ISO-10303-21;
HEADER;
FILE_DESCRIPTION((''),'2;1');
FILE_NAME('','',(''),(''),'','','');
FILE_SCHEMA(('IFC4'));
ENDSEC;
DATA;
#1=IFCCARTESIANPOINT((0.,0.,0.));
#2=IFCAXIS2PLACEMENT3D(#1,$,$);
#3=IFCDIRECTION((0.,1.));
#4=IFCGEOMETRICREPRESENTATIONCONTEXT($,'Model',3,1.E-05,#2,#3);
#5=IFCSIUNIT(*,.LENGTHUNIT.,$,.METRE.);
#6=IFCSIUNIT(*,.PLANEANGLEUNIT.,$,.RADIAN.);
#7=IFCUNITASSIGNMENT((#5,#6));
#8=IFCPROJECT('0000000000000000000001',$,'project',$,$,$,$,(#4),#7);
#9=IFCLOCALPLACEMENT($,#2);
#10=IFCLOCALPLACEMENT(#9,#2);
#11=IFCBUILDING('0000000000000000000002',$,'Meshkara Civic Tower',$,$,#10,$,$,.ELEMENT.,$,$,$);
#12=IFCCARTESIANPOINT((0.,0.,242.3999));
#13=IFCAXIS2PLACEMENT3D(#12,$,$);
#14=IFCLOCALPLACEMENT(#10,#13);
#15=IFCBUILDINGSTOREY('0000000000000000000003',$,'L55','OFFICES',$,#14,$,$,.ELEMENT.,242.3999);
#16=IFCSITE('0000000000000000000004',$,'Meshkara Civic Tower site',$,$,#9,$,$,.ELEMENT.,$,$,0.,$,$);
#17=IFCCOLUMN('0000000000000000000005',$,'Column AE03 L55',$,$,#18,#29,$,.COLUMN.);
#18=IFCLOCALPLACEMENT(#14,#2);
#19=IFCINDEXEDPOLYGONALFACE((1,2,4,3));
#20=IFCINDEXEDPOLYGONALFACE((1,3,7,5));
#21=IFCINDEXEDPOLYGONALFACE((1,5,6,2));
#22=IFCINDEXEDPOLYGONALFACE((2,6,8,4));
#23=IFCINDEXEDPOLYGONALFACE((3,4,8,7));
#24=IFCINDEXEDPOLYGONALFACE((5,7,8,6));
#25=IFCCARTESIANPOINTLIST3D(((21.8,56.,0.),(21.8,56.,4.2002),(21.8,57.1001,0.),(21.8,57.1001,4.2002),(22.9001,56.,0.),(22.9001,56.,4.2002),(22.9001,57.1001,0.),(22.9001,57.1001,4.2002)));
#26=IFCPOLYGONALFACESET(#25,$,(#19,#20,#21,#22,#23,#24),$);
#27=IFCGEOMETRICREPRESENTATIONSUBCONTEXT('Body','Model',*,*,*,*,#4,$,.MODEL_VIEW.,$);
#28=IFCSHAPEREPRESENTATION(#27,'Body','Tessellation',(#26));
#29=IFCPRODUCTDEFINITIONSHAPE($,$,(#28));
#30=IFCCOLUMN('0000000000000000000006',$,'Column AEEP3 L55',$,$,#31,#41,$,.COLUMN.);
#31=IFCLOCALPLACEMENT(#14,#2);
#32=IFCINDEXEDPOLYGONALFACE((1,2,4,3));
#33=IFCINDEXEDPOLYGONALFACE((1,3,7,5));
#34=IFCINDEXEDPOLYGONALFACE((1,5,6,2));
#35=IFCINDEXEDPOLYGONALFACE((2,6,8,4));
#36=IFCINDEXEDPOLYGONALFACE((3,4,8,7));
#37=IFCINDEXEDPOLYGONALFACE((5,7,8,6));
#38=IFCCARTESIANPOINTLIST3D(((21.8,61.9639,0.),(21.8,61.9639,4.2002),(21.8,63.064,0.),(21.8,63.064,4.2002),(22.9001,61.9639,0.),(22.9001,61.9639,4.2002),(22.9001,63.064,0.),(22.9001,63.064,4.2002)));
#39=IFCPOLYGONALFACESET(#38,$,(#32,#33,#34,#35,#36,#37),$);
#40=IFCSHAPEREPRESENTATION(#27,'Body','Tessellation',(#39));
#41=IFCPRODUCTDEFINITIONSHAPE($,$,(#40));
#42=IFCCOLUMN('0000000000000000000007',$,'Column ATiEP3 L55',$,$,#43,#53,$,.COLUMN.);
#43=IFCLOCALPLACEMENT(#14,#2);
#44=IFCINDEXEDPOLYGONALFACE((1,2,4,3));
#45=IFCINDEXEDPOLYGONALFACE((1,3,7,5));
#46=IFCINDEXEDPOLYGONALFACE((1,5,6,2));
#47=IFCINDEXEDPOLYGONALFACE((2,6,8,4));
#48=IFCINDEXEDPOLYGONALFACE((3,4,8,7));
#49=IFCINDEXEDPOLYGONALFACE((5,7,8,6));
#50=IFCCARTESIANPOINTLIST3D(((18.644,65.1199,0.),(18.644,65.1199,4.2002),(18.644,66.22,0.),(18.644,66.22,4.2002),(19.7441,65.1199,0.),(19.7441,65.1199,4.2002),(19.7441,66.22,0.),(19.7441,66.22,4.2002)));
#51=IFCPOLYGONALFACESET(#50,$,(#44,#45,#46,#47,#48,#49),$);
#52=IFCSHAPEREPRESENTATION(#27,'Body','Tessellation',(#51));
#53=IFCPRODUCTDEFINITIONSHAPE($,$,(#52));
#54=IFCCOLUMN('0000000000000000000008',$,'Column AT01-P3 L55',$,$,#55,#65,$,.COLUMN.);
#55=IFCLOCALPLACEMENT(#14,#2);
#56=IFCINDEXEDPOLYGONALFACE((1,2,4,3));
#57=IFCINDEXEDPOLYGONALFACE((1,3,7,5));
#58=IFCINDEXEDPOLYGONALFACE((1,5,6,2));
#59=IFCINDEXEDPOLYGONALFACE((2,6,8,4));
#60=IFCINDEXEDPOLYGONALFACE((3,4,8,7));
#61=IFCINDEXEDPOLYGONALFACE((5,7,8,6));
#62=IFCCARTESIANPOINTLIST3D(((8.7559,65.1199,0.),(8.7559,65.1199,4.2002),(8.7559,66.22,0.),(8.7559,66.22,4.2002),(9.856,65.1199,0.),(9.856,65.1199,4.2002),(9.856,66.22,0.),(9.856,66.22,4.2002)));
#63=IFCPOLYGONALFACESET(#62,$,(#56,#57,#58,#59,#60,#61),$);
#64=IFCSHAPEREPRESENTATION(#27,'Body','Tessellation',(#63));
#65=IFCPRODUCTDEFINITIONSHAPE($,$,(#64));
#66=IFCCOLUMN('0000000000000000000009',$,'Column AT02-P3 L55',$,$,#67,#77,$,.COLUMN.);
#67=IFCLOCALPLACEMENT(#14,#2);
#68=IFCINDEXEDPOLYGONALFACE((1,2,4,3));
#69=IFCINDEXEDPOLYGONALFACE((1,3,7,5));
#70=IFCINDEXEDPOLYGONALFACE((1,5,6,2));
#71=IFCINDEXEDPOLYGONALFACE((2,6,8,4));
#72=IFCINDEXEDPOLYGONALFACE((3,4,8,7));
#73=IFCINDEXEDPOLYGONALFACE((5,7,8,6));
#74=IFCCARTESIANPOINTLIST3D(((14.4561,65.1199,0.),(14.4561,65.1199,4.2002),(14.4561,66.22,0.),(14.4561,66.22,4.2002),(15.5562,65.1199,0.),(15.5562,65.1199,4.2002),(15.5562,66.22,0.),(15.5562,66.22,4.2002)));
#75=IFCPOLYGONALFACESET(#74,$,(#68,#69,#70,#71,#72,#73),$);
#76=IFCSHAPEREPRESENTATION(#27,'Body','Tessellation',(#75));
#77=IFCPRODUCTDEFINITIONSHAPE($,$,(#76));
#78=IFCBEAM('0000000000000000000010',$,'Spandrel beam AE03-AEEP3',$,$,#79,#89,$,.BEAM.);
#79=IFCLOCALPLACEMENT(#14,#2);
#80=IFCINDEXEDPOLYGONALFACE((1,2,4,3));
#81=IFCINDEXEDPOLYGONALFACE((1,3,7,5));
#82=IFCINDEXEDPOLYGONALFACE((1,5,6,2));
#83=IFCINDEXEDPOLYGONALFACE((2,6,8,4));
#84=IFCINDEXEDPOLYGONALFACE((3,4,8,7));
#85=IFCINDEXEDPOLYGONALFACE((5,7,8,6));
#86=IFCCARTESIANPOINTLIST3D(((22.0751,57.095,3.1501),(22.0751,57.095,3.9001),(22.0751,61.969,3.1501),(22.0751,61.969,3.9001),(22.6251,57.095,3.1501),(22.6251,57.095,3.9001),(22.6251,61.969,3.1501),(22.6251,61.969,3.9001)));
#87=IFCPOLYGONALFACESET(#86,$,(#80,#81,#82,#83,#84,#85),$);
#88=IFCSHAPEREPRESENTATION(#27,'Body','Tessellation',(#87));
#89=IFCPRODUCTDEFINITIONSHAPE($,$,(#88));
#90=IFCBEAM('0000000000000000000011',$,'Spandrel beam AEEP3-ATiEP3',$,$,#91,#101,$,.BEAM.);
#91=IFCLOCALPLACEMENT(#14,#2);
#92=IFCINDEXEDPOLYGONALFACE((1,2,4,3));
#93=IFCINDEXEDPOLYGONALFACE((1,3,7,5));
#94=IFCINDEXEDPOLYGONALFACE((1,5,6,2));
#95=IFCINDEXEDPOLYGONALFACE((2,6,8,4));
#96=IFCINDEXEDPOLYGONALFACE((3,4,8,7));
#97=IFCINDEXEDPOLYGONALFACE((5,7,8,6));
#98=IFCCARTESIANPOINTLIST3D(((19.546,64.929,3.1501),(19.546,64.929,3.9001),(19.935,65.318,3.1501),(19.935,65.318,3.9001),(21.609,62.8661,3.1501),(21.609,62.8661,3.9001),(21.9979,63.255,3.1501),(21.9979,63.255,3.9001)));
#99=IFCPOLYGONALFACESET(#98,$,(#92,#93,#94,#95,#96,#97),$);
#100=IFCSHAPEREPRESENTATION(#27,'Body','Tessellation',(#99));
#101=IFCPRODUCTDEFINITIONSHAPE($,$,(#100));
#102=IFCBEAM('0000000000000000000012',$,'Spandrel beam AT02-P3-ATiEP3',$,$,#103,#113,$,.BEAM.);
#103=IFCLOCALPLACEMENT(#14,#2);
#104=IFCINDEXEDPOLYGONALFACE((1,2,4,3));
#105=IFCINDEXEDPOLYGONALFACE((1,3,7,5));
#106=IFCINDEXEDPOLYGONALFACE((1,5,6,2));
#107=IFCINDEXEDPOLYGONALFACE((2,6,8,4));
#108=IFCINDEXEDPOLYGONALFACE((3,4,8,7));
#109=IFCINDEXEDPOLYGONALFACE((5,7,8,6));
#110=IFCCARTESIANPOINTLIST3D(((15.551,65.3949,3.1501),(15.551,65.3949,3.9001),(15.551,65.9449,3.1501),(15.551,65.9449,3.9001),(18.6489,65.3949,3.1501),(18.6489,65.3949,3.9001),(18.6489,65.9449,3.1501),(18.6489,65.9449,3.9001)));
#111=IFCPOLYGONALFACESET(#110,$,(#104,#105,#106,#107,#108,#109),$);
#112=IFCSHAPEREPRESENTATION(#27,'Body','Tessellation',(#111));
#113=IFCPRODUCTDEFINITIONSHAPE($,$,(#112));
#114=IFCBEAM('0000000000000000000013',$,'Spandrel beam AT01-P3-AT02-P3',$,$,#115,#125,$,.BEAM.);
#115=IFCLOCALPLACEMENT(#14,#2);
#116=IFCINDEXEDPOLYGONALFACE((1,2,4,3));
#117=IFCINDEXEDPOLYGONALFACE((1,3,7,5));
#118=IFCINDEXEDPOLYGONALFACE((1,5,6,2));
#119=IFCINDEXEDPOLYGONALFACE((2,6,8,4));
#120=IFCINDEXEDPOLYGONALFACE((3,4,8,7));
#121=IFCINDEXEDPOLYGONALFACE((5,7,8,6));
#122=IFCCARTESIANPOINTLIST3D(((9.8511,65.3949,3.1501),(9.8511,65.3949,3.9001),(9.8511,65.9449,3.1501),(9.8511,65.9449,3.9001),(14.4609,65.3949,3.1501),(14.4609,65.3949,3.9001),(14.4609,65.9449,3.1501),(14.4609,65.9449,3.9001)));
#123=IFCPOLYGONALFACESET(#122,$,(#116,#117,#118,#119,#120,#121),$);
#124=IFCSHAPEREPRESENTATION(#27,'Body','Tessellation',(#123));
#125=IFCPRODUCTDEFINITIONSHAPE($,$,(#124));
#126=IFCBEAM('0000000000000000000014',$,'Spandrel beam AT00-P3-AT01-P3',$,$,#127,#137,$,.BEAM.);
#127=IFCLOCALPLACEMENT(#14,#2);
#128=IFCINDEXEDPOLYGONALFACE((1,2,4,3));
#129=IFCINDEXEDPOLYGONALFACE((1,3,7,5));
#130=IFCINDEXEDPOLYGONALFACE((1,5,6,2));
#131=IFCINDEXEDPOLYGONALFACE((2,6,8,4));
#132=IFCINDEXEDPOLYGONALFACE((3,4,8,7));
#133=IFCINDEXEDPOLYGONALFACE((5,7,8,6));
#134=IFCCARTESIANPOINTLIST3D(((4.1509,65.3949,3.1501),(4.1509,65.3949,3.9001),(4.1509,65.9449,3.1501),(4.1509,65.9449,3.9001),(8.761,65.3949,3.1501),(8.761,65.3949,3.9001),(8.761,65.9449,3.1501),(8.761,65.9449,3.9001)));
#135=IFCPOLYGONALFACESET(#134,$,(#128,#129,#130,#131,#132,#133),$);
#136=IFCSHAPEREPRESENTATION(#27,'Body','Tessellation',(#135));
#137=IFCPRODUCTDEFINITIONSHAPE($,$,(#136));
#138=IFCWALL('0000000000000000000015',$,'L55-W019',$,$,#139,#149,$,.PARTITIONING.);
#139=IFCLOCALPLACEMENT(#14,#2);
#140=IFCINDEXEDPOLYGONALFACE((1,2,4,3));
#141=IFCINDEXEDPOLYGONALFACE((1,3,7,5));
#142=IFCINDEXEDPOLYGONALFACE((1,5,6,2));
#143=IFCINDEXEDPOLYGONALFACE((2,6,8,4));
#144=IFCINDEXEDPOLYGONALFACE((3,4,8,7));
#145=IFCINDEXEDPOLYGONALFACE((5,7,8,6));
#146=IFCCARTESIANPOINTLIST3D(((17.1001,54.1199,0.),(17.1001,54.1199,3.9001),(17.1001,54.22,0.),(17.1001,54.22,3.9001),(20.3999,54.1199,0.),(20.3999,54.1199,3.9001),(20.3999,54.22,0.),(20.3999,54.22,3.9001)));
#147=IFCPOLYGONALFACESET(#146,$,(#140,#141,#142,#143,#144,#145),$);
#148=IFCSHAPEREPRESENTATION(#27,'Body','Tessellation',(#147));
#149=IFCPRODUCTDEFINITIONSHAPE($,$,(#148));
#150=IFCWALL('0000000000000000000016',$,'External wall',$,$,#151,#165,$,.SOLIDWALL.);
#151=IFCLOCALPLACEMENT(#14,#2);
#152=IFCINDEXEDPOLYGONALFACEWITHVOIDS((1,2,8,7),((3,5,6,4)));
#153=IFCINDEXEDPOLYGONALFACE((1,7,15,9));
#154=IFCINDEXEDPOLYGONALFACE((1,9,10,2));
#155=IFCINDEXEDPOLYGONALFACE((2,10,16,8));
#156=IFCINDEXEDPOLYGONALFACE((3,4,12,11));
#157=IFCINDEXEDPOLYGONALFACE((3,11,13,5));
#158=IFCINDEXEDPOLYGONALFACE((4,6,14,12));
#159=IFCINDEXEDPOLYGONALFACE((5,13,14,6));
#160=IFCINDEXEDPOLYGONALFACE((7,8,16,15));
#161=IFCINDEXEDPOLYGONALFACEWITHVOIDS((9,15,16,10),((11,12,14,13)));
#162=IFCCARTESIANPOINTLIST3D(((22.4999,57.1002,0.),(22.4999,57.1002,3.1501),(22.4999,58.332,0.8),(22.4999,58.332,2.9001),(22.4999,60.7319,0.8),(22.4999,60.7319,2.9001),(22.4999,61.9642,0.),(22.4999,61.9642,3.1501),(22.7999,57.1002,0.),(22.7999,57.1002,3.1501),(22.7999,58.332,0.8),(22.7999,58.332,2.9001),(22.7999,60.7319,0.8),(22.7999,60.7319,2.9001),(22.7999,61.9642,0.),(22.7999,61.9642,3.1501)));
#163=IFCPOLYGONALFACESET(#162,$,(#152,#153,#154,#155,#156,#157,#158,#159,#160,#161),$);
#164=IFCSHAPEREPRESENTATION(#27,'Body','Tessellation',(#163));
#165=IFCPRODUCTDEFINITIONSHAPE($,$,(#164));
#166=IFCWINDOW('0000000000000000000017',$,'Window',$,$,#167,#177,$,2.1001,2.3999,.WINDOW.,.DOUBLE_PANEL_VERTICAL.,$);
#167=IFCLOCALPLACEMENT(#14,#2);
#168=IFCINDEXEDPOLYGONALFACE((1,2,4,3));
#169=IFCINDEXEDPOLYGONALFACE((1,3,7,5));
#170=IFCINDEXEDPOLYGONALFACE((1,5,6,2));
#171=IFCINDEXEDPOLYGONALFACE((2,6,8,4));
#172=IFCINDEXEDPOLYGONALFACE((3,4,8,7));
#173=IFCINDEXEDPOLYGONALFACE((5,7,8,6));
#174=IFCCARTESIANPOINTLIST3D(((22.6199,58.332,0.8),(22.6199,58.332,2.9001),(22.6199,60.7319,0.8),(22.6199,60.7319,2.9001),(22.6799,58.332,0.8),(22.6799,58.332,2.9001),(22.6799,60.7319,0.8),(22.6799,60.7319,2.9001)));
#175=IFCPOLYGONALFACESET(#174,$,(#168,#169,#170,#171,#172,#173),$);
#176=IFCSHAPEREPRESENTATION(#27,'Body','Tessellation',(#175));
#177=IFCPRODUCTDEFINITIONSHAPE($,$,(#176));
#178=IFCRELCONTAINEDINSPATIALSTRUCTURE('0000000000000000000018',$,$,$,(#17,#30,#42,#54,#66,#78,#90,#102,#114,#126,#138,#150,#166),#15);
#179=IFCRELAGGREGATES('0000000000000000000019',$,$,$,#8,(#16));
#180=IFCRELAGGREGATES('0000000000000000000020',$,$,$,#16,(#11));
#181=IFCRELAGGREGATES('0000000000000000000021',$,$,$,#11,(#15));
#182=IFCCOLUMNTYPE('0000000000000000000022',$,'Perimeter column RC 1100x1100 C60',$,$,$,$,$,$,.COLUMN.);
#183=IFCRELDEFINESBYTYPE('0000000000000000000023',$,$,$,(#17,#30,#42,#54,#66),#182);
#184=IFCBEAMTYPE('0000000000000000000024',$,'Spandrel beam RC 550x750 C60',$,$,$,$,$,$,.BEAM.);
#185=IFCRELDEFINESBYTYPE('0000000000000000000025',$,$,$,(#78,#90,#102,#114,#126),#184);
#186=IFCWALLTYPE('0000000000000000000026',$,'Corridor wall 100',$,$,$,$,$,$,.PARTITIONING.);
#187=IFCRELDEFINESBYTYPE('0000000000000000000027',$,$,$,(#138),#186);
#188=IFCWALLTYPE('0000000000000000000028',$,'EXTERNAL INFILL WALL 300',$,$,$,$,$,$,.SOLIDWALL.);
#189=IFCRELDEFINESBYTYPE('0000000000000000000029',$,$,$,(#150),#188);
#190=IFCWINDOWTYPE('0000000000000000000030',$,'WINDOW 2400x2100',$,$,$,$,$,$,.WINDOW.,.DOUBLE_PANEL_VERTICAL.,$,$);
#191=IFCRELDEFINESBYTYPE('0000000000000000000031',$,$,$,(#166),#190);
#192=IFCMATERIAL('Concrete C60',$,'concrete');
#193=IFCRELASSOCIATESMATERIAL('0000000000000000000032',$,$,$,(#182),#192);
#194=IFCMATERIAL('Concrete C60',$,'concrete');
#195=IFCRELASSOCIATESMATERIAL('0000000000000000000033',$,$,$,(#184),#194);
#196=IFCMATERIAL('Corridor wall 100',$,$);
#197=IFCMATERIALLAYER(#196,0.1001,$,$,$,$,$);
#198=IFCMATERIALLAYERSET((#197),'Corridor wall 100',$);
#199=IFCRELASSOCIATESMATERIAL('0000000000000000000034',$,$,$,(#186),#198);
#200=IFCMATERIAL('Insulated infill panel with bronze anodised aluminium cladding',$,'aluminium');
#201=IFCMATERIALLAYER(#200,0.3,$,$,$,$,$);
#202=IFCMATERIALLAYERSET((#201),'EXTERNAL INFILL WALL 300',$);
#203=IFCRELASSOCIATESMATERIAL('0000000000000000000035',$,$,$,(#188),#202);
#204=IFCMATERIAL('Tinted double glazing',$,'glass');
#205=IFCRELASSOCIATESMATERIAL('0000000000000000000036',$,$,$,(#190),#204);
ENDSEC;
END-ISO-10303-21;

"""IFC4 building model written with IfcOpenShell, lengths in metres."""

from ifc_helpers import new_model, si_unit, direction, frame, frame_2d, origin, origin_2d, place, context, subcontext, project, spatial, rectangle, extrude, material, layer, layer_set, material_profile, profile_set, type_object, element, fill, save


model = new_model("IFC4")

# Units and contexts
model_context = context("Model", 3, precision=1e-05, world=origin(), true_north=direction((0.0, 1.0)))
body_context = subcontext(model_context, "Body", "Model", "MODEL_VIEW")
ifc_project = project(units=[si_unit("LENGTHUNIT", "METRE"), si_unit("PLANEANGLEUNIT", "RADIAN")], contexts=[model_context])

# Site, building, storey
site_placement = place(None, origin())
site = spatial("IfcSite", under=ifc_project, at=site_placement, Name="Meshkara Civic Tower site", CompositionType="ELEMENT", RefElevation=0.0)
building_placement = place(site_placement, origin())
building = spatial("IfcBuilding", under=site, at=building_placement, Name="Meshkara Civic Tower", CompositionType="ELEMENT")
storey_placement = place(building_placement, frame((0.0, 0.0, 242.3999)))
storey = spatial("IfcBuildingStorey", under=building, at=storey_placement, Name="L55", Description="OFFICES", CompositionType="ELEMENT", Elevation=242.3999)

# Columns
ifc_material_1 = material(Name="Concrete C60", Category="concrete")
ifc_material_profile_1 = material_profile(ifc_material_1, rectangle(XDim=1.1001, YDim=1.1001, at=origin_2d()))
ifc_profile_set_1 = profile_set([ifc_material_profile_1], Name="Concrete C60")
column_type = type_object("IfcColumnType", Name="Perimeter column RC 1100x1100 C60", PredefinedType="COLUMN", material=ifc_profile_set_1)
for number, where, z_axis, x_axis, name in (
    (1, (22.3501, 56.55, 0.0), (0.0, 0.0, 1.0), (1.0, 0.0, 0.0), "Column AE03 L55"),
    (2, (22.3501, 62.5139, 0.0), (0.0, 0.0, 1.0), (1.0, 0.0, 0.0), "Column AEEP3 L55"),
    (3, (19.1941, 65.6699, 0.0), (0.0, 0.0, 1.0), (1.0, 0.0, 0.0), "Column ATiEP3 L55"),
    (4, (9.3059, 65.6699, 0.0), (0.0, 0.0, 1.0), (1.0, 0.0, 0.0), "Column AT01-P3 L55"),
    (5, (15.0061, 65.6699, 0.0), (0.0, 0.0, 1.0), (1.0, 0.0, 0.0), "Column AT02-P3 L55"),
):
    element("IfcColumn", number, at=place(storey_placement, frame(where, z_axis=z_axis, x_axis=x_axis)), inside=storey, type_object=column_type, Name=name, PredefinedType="COLUMN", context=body_context, shape_type="SweptSolid", body=[
        extrude(rectangle(XDim=1.1001, YDim=1.1001, at=origin_2d()), origin(), (0.0, 0.0, 1.0), 4.2002),
    ])

# Beams
ifc_material_2 = material(Name="Concrete C60", Category="concrete")
ifc_material_profile_2 = material_profile(ifc_material_2, rectangle(XDim=0.55, YDim=0.75, at=origin_2d()))
ifc_profile_set_2 = profile_set([ifc_material_profile_2], Name="Concrete C60")
beam_type = type_object("IfcBeamType", Name="Spandrel beam RC 550x750 C60", PredefinedType="BEAM", material=ifc_profile_set_2)
beam_1_placement = place(storey_placement, frame((22.3501, 57.095, 3.5251), z_axis=(0.0, 1.0, 0.0), x_axis=(-1.0, 0.0, 0.0)))
element("IfcBeam", 6, at=beam_1_placement, inside=storey, type_object=beam_type, Name="Spandrel beam AE03-AEEP3", PredefinedType="BEAM", context=body_context, shape_type="SweptSolid", body=[
    extrude(rectangle(XDim=0.55, YDim=0.75, at=origin_2d()), origin(), (0.0, 0.0, 1.0), 4.874),
])
beam_2_placement = place(storey_placement, frame((21.8035, 63.0605, 3.5251), z_axis=(-0.707107, 0.707107, 0.0), x_axis=(-0.707107, -0.707107, 0.0)))
element("IfcBeam", 7, at=beam_2_placement, inside=storey, type_object=beam_type, Name="Spandrel beam AEEP3-ATiEP3", PredefinedType="BEAM", context=body_context, shape_type="SweptSolid", body=[
    extrude(rectangle(XDim=0.55, YDim=0.75, at=origin_2d()), origin(), (0.0, 0.0, 1.0), 2.9175),
])
beam_3_placement = place(storey_placement, frame((18.6489, 65.6699, 3.5251), z_axis=(-1.0, 0.0, 0.0), x_axis=(0.0, -1.0, 0.0)))
element("IfcBeam", 8, at=beam_3_placement, inside=storey, type_object=beam_type, Name="Spandrel beam AT02-P3-ATiEP3", PredefinedType="BEAM", context=body_context, shape_type="SweptSolid", body=[
    extrude(rectangle(XDim=0.55, YDim=0.75, at=origin_2d()), origin(), (0.0, 0.0, 1.0), 3.0979),
])
beam_4_placement = place(storey_placement, frame((14.4609, 65.6699, 3.5251), z_axis=(-1.0, 0.0, 0.0), x_axis=(0.0, -1.0, 0.0)))
element("IfcBeam", 9, at=beam_4_placement, inside=storey, type_object=beam_type, Name="Spandrel beam AT01-P3-AT02-P3", PredefinedType="BEAM", context=body_context, shape_type="SweptSolid", body=[
    extrude(rectangle(XDim=0.55, YDim=0.75, at=origin_2d()), origin(), (0.0, 0.0, 1.0), 4.6099),
])
beam_5_placement = place(storey_placement, frame((8.761, 65.6699, 3.5251), z_axis=(-1.0, 0.0, 0.0), x_axis=(0.0, -1.0, 0.0)))
element("IfcBeam", 10, at=beam_5_placement, inside=storey, type_object=beam_type, Name="Spandrel beam AT00-P3-AT01-P3", PredefinedType="BEAM", context=body_context, shape_type="SweptSolid", body=[
    extrude(rectangle(XDim=0.55, YDim=0.75, at=origin_2d()), origin(), (0.0, 0.0, 1.0), 4.6101),
])

# Wall
ifc_material_3 = material(Name="Corridor wall 100")
ifc_layer_1 = layer(ifc_material_3, 0.1001)
ifc_layer_set_1 = layer_set([ifc_layer_1], Name="Corridor wall 100")
wall_type_1 = type_object("IfcWallType", Name="Corridor wall 100", PredefinedType="PARTITIONING", material=ifc_layer_set_1)
wall_1_placement = place(storey_placement, frame((20.3999, 54.1699, 0.0), z_axis=(0.0, 0.0, 1.0), x_axis=(-1.0, 0.0, 0.0)))
element("IfcWall", 11, at=wall_1_placement, inside=storey, type_object=wall_type_1, Name="L55-W019", PredefinedType="PARTITIONING", context=body_context, shape_type="SweptSolid", body=[
    extrude(rectangle(XDim=3.2998, YDim=0.1001, at=frame_2d((1.6499, 0.0))), origin(), (0.0, 0.0, 1.0), 3.9001),
])

# Wall, opening, window
ifc_material_4 = material(Name="Insulated infill panel with bronze anodised aluminium cladding", Category="aluminium")
ifc_layer_2 = layer(ifc_material_4, 0.3)
ifc_layer_set_2 = layer_set([ifc_layer_2], Name="EXTERNAL INFILL WALL 300")
wall_type_2 = type_object("IfcWallType", Name="EXTERNAL INFILL WALL 300", PredefinedType="SOLIDWALL", material=ifc_layer_set_2)
wall_2_placement = place(storey_placement, frame((22.6499, 57.1001, 0.0), z_axis=(0.0, 0.0, 1.0), x_axis=(0.0, 1.0, 0.0)))
wall_2 = element("IfcWall", 12, at=wall_2_placement, inside=storey, type_object=wall_type_2, Name="External wall", PredefinedType="SOLIDWALL", context=body_context, shape_type="SweptSolid", body=[
    extrude(rectangle(XDim=4.864, YDim=0.3, at=frame_2d((2.4321, 0.0))), origin(), (0.0, 0.0, 1.0), 3.1501),
])
opening_1_placement = place(wall_2_placement, frame((1.2319, 0.0, 0.8)))
opening_1 = element("IfcOpeningElement", 13, at=opening_1_placement, cuts=wall_2, PredefinedType="OPENING", context=body_context, shape_type="SweptSolid", body=[
    extrude(rectangle(XDim=2.3999, YDim=2.1001, at=frame_2d((1.2, 1.05))), frame((0.0, 0.1599, 0.0), z_axis=(0.0, -1.0, 0.0), x_axis=(1.0, 0.0, 0.0)), (0.0, 0.0, 1.0), 0.3201),
])
ifc_material_5 = material(Name="Tinted double glazing", Category="glass")
window_type_1 = type_object("IfcWindowType", Name="WINDOW 2400x2100", PartitioningType="DOUBLE_PANEL_VERTICAL", PredefinedType="WINDOW", material=ifc_material_5)
window_1_placement = place(opening_1_placement, origin())
window_1 = element("IfcWindow", 14, at=window_1_placement, inside=storey, type_object=window_type_1, Name="Window", OverallHeight=2.1001, OverallWidth=2.3999, PartitioningType="DOUBLE_PANEL_VERTICAL", PredefinedType="WINDOW", context=body_context, shape_type="SweptSolid", body=[
    extrude(rectangle(XDim=2.3999, YDim=2.1001, at=frame_2d((1.2, 1.05))), frame((0.0, 0.03, 0.0), z_axis=(0.0, -1.0, 0.0), x_axis=(1.0, 0.0, 0.0)), (0.0, 0.0, 1.0), 0.0601),
])
fill(opening_1, window_1)

save(model, "model.ifc")
